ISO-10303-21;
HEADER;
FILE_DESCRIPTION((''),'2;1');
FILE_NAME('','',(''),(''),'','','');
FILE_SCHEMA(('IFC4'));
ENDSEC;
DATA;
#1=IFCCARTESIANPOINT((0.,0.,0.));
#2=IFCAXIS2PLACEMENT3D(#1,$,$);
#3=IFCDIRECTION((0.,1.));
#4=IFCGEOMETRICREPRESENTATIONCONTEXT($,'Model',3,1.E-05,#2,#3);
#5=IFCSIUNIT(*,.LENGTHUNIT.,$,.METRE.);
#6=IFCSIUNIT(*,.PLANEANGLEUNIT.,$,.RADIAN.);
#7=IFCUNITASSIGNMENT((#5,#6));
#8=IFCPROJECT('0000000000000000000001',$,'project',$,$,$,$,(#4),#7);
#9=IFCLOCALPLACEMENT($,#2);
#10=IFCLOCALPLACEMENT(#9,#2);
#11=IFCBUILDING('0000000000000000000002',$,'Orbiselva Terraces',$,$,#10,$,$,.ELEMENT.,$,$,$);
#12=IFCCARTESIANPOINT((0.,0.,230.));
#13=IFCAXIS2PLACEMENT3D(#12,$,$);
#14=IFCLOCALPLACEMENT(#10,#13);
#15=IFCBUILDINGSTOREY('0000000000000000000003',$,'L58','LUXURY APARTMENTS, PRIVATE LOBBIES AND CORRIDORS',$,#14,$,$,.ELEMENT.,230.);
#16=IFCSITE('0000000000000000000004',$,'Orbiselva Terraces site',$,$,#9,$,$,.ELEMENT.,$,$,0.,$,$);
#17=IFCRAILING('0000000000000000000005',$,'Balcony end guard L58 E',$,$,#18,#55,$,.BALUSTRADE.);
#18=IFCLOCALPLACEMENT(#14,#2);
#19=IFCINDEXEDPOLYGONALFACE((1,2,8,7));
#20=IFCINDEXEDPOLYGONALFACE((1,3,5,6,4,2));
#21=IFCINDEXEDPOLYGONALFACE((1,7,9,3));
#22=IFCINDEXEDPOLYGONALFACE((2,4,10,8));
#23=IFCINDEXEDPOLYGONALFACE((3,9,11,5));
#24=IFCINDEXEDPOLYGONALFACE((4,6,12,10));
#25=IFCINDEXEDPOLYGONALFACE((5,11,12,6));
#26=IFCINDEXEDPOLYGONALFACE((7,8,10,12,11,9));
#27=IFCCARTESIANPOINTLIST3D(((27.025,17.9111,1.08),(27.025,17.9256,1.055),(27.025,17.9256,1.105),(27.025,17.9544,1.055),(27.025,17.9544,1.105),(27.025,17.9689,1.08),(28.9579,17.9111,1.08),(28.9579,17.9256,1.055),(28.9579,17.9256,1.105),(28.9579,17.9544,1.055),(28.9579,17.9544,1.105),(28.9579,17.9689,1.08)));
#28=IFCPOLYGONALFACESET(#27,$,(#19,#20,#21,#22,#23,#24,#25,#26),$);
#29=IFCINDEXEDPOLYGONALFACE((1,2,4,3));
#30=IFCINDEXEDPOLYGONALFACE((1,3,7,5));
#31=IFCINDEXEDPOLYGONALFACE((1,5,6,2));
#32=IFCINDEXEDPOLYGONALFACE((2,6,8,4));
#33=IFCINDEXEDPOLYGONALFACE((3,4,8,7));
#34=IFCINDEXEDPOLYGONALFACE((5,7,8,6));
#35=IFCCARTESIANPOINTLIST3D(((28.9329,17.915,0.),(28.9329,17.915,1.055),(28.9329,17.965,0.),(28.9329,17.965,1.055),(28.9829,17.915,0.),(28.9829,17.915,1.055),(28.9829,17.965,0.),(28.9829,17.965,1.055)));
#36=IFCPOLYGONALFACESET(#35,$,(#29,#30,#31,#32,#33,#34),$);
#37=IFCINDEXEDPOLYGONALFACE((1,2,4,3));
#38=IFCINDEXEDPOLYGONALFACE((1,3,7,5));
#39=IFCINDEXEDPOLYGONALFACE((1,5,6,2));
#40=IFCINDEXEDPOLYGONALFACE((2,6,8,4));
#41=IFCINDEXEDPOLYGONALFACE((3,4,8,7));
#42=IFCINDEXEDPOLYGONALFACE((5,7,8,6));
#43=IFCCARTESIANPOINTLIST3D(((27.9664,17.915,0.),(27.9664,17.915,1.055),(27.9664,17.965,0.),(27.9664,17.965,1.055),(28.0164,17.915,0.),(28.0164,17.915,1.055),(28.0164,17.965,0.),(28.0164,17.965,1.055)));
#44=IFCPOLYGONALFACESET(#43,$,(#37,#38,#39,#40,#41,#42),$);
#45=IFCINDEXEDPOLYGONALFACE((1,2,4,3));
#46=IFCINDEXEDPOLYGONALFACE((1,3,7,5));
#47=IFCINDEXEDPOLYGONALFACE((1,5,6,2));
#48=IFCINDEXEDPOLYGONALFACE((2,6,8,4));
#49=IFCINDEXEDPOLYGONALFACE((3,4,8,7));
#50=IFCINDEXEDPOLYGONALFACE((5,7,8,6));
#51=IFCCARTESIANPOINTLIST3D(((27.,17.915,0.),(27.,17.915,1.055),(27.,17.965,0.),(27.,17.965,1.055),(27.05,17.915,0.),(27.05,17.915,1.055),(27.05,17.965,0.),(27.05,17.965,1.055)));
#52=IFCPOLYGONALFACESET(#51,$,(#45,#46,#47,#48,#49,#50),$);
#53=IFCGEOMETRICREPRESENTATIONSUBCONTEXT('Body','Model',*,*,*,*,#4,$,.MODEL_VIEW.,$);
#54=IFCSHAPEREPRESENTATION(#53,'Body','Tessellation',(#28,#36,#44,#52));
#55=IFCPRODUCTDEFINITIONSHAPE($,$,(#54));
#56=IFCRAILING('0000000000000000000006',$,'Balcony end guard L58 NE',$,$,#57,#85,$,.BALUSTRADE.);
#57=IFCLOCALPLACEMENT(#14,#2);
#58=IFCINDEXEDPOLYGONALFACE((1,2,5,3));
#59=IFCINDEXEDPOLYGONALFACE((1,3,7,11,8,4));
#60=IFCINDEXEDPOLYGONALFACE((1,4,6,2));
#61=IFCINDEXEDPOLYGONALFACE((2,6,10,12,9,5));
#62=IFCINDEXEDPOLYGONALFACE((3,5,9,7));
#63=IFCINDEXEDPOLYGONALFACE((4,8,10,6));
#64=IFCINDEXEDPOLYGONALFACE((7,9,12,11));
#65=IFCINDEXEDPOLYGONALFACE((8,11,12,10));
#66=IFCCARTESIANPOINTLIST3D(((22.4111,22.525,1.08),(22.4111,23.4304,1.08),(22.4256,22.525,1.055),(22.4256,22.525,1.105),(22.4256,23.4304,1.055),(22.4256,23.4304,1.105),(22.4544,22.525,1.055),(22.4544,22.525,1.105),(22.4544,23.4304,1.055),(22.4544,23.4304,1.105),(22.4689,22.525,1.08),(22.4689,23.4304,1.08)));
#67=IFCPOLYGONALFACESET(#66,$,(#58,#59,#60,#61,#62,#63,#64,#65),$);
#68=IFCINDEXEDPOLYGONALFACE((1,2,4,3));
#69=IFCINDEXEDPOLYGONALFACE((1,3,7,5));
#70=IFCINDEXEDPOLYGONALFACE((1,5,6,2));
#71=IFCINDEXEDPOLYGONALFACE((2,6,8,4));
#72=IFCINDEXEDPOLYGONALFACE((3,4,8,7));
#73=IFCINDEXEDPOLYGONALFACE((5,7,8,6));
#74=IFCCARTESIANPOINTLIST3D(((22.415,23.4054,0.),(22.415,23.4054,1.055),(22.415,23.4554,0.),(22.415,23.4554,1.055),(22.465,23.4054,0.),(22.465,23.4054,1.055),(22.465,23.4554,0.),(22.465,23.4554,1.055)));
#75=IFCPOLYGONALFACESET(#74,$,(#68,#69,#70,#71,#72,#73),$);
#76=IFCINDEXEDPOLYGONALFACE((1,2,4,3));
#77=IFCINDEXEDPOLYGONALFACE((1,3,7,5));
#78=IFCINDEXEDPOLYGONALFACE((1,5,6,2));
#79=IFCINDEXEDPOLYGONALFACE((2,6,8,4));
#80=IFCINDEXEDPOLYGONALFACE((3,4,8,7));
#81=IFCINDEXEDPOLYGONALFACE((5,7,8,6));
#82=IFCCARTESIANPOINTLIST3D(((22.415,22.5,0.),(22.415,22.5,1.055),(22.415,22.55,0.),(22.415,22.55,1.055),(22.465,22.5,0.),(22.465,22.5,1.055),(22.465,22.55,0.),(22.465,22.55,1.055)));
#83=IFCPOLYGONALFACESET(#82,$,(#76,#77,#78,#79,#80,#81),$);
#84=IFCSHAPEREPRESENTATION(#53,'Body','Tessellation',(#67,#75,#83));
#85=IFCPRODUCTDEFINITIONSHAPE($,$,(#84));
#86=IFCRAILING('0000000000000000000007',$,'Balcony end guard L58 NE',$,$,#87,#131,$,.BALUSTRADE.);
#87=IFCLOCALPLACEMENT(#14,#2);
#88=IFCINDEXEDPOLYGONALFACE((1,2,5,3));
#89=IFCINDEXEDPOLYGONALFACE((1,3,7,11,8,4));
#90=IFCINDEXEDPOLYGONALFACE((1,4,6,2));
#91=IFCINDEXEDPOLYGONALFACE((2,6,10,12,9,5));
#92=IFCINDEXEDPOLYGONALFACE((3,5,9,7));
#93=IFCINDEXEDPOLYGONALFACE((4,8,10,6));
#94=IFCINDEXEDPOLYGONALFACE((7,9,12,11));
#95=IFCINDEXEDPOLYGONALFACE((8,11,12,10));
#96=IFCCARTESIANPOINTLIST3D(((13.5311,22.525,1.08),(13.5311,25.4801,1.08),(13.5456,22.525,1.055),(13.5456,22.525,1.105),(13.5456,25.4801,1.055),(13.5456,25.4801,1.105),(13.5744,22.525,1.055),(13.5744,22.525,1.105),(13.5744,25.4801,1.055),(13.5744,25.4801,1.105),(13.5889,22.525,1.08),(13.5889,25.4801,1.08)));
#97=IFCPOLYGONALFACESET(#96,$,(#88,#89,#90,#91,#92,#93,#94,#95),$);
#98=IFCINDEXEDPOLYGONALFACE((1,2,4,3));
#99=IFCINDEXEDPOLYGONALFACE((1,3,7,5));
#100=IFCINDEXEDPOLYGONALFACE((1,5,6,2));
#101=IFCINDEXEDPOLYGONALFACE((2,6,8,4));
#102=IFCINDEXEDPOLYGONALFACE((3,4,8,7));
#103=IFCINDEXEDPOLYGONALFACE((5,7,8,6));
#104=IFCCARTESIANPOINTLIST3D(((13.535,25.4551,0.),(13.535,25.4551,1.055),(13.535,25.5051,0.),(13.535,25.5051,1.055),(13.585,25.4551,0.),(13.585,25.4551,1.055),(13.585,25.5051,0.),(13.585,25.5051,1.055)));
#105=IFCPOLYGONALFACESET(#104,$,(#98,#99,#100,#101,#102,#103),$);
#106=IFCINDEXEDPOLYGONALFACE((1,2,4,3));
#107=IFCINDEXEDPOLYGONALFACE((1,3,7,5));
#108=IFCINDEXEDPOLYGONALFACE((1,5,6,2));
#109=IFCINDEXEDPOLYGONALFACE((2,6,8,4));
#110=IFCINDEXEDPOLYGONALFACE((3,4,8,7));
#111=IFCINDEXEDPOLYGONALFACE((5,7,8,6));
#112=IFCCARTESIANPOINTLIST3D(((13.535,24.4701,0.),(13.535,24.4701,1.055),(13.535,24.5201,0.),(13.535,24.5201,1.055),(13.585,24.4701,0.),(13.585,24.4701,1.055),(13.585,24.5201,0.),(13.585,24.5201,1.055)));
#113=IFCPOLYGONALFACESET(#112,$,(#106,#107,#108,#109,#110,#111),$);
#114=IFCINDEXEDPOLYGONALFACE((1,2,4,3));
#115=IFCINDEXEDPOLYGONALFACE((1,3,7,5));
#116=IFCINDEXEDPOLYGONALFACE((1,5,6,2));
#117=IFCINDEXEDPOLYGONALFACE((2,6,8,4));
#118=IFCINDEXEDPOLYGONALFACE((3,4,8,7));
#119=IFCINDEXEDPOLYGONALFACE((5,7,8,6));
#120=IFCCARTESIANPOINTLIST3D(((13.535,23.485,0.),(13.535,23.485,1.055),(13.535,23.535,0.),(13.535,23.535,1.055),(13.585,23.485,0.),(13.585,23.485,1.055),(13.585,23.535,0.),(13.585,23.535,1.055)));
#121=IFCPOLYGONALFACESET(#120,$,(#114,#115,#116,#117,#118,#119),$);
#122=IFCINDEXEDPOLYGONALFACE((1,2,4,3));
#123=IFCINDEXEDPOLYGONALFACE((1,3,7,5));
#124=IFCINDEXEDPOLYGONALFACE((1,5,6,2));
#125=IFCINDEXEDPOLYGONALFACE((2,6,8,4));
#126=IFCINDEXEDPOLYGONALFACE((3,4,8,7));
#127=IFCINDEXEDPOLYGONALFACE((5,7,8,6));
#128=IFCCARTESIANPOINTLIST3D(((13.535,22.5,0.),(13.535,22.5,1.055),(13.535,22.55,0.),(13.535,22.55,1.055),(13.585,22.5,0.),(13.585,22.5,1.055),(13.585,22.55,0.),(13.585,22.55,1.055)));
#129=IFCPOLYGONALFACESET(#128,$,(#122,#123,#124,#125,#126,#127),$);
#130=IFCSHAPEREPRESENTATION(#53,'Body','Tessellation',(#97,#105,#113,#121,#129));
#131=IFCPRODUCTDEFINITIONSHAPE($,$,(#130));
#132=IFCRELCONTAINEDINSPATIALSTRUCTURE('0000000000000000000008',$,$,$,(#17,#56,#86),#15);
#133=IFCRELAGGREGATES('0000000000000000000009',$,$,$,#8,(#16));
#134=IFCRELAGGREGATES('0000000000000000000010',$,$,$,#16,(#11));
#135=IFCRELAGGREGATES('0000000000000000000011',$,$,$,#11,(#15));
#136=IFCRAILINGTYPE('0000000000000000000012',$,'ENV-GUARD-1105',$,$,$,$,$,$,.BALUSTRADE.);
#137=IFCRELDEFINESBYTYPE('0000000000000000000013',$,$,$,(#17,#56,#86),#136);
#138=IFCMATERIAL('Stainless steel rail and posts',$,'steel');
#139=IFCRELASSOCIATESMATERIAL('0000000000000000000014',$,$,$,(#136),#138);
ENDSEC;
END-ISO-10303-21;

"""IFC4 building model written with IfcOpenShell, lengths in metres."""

from ifc_helpers import new_model, si_unit, direction, frame, origin, origin_2d, place, context, subcontext, project, spatial, polyline, rectangle, outline, extrude, material, type_object, element, save


model = new_model("IFC4")

# Units and contexts
model_context = context("Model", 3, precision=1e-05, world=origin(), true_north=direction((0.0, 1.0)))
body_context = subcontext(model_context, "Body", "Model", "MODEL_VIEW")
ifc_project = project(units=[si_unit("LENGTHUNIT", "METRE"), si_unit("PLANEANGLEUNIT", "RADIAN")], contexts=[model_context])

# Site, building, storey
site_placement = place(None, origin())
site = spatial("IfcSite", under=ifc_project, at=site_placement, Name="Orbiselva Terraces site", CompositionType="ELEMENT", RefElevation=0.0)
building_placement = place(site_placement, origin())
building = spatial("IfcBuilding", under=site, at=building_placement, Name="Orbiselva Terraces", CompositionType="ELEMENT")
storey_placement = place(building_placement, frame((0.0, 0.0, 230.0)))
storey = spatial("IfcBuildingStorey", under=building, at=storey_placement, Name="L58", Description="LUXURY APARTMENTS, PRIVATE LOBBIES AND CORRIDORS", CompositionType="ELEMENT", Elevation=230.0)

# Railings
ifc_material_1 = material(Name="Stainless steel rail and posts", Category="steel")
railing_type_1 = type_object("IfcRailingType", Name="ENV-GUARD-1105", PredefinedType="BALUSTRADE", material=ifc_material_1)
railing_1_placement = place(storey_placement, frame((28.9579, 17.94, 0.0)))
element("IfcRailing", 1, at=railing_1_placement, inside=storey, type_object=railing_type_1, Name="Balcony end guard L58 E", PredefinedType="BALUSTRADE", context=body_context, shape_type="SweptSolid", body=[
    extrude(outline(polyline([(0.0289, 0.0), (0.0144, 0.025), (-0.0144, 0.025), (-0.0289, 0.0), (-0.0144, -0.025), (0.0144, -0.025), (0.0289, 0.0)])), frame((0.0, 0.0, 1.08), z_axis=(-1.0, 0.0, 0.0), x_axis=(0.0, -1.0, 0.0)), (0.0, 0.0, 1.0), 1.9329),
    extrude(rectangle(XDim=0.05, YDim=0.05, at=origin_2d()), origin(), (0.0, 0.0, 1.0), 1.055),
    extrude(rectangle(XDim=0.05, YDim=0.05, at=origin_2d()), frame((-0.9664, 0.0, 0.0)), (0.0, 0.0, 1.0), 1.055),
    extrude(rectangle(XDim=0.05, YDim=0.05, at=origin_2d()), frame((-1.9329, 0.0, 0.0)), (0.0, 0.0, 1.0), 1.055),
])
railing_2_placement = place(storey_placement, frame((22.44, 23.4304, 0.0)))
element("IfcRailing", 2, at=railing_2_placement, inside=storey, type_object=railing_type_1, Name="Balcony end guard L58 NE", PredefinedType="BALUSTRADE", context=body_context, shape_type="SweptSolid", body=[
    extrude(outline(polyline([(0.0289, 0.0), (0.0144, 0.025), (-0.0144, 0.025), (-0.0289, 0.0), (-0.0144, -0.025), (0.0144, -0.025), (0.0289, 0.0)])), frame((0.0, 0.0, 1.08), z_axis=(0.0, -1.0, 0.0), x_axis=(1.0, 0.0, 0.0)), (0.0, 0.0, 1.0), 0.9054),
    extrude(rectangle(XDim=0.05, YDim=0.05, at=origin_2d()), origin(), (0.0, 0.0, 1.0), 1.055),
    extrude(rectangle(XDim=0.05, YDim=0.05, at=origin_2d()), frame((0.0, -0.9054, 0.0)), (0.0, 0.0, 1.0), 1.055),
])
railing_3_placement = place(storey_placement, frame((13.56, 25.4801, 0.0)))
element("IfcRailing", 3, at=railing_3_placement, inside=storey, type_object=railing_type_1, Name="Balcony end guard L58 NE", PredefinedType="BALUSTRADE", context=body_context, shape_type="SweptSolid", body=[
    extrude(outline(polyline([(0.0289, 0.0), (0.0144, 0.025), (-0.0144, 0.025), (-0.0289, 0.0), (-0.0144, -0.025), (0.0144, -0.025), (0.0289, 0.0)])), frame((0.0, 0.0, 1.08), z_axis=(0.0, -1.0, 0.0), x_axis=(1.0, 0.0, 0.0)), (0.0, 0.0, 1.0), 2.9551),
    extrude(rectangle(XDim=0.05, YDim=0.05, at=origin_2d()), origin(), (0.0, 0.0, 1.0), 1.055),
    extrude(rectangle(XDim=0.05, YDim=0.05, at=origin_2d()), frame((0.0, -0.985, 0.0)), (0.0, 0.0, 1.0), 1.055),
    extrude(rectangle(XDim=0.05, YDim=0.05, at=origin_2d()), frame((0.0, -1.9701, 0.0)), (0.0, 0.0, 1.0), 1.055),
    extrude(rectangle(XDim=0.05, YDim=0.05, at=origin_2d()), frame((0.0, -2.9551, 0.0)), (0.0, 0.0, 1.0), 1.055),
])

save(model, "model.ifc")
